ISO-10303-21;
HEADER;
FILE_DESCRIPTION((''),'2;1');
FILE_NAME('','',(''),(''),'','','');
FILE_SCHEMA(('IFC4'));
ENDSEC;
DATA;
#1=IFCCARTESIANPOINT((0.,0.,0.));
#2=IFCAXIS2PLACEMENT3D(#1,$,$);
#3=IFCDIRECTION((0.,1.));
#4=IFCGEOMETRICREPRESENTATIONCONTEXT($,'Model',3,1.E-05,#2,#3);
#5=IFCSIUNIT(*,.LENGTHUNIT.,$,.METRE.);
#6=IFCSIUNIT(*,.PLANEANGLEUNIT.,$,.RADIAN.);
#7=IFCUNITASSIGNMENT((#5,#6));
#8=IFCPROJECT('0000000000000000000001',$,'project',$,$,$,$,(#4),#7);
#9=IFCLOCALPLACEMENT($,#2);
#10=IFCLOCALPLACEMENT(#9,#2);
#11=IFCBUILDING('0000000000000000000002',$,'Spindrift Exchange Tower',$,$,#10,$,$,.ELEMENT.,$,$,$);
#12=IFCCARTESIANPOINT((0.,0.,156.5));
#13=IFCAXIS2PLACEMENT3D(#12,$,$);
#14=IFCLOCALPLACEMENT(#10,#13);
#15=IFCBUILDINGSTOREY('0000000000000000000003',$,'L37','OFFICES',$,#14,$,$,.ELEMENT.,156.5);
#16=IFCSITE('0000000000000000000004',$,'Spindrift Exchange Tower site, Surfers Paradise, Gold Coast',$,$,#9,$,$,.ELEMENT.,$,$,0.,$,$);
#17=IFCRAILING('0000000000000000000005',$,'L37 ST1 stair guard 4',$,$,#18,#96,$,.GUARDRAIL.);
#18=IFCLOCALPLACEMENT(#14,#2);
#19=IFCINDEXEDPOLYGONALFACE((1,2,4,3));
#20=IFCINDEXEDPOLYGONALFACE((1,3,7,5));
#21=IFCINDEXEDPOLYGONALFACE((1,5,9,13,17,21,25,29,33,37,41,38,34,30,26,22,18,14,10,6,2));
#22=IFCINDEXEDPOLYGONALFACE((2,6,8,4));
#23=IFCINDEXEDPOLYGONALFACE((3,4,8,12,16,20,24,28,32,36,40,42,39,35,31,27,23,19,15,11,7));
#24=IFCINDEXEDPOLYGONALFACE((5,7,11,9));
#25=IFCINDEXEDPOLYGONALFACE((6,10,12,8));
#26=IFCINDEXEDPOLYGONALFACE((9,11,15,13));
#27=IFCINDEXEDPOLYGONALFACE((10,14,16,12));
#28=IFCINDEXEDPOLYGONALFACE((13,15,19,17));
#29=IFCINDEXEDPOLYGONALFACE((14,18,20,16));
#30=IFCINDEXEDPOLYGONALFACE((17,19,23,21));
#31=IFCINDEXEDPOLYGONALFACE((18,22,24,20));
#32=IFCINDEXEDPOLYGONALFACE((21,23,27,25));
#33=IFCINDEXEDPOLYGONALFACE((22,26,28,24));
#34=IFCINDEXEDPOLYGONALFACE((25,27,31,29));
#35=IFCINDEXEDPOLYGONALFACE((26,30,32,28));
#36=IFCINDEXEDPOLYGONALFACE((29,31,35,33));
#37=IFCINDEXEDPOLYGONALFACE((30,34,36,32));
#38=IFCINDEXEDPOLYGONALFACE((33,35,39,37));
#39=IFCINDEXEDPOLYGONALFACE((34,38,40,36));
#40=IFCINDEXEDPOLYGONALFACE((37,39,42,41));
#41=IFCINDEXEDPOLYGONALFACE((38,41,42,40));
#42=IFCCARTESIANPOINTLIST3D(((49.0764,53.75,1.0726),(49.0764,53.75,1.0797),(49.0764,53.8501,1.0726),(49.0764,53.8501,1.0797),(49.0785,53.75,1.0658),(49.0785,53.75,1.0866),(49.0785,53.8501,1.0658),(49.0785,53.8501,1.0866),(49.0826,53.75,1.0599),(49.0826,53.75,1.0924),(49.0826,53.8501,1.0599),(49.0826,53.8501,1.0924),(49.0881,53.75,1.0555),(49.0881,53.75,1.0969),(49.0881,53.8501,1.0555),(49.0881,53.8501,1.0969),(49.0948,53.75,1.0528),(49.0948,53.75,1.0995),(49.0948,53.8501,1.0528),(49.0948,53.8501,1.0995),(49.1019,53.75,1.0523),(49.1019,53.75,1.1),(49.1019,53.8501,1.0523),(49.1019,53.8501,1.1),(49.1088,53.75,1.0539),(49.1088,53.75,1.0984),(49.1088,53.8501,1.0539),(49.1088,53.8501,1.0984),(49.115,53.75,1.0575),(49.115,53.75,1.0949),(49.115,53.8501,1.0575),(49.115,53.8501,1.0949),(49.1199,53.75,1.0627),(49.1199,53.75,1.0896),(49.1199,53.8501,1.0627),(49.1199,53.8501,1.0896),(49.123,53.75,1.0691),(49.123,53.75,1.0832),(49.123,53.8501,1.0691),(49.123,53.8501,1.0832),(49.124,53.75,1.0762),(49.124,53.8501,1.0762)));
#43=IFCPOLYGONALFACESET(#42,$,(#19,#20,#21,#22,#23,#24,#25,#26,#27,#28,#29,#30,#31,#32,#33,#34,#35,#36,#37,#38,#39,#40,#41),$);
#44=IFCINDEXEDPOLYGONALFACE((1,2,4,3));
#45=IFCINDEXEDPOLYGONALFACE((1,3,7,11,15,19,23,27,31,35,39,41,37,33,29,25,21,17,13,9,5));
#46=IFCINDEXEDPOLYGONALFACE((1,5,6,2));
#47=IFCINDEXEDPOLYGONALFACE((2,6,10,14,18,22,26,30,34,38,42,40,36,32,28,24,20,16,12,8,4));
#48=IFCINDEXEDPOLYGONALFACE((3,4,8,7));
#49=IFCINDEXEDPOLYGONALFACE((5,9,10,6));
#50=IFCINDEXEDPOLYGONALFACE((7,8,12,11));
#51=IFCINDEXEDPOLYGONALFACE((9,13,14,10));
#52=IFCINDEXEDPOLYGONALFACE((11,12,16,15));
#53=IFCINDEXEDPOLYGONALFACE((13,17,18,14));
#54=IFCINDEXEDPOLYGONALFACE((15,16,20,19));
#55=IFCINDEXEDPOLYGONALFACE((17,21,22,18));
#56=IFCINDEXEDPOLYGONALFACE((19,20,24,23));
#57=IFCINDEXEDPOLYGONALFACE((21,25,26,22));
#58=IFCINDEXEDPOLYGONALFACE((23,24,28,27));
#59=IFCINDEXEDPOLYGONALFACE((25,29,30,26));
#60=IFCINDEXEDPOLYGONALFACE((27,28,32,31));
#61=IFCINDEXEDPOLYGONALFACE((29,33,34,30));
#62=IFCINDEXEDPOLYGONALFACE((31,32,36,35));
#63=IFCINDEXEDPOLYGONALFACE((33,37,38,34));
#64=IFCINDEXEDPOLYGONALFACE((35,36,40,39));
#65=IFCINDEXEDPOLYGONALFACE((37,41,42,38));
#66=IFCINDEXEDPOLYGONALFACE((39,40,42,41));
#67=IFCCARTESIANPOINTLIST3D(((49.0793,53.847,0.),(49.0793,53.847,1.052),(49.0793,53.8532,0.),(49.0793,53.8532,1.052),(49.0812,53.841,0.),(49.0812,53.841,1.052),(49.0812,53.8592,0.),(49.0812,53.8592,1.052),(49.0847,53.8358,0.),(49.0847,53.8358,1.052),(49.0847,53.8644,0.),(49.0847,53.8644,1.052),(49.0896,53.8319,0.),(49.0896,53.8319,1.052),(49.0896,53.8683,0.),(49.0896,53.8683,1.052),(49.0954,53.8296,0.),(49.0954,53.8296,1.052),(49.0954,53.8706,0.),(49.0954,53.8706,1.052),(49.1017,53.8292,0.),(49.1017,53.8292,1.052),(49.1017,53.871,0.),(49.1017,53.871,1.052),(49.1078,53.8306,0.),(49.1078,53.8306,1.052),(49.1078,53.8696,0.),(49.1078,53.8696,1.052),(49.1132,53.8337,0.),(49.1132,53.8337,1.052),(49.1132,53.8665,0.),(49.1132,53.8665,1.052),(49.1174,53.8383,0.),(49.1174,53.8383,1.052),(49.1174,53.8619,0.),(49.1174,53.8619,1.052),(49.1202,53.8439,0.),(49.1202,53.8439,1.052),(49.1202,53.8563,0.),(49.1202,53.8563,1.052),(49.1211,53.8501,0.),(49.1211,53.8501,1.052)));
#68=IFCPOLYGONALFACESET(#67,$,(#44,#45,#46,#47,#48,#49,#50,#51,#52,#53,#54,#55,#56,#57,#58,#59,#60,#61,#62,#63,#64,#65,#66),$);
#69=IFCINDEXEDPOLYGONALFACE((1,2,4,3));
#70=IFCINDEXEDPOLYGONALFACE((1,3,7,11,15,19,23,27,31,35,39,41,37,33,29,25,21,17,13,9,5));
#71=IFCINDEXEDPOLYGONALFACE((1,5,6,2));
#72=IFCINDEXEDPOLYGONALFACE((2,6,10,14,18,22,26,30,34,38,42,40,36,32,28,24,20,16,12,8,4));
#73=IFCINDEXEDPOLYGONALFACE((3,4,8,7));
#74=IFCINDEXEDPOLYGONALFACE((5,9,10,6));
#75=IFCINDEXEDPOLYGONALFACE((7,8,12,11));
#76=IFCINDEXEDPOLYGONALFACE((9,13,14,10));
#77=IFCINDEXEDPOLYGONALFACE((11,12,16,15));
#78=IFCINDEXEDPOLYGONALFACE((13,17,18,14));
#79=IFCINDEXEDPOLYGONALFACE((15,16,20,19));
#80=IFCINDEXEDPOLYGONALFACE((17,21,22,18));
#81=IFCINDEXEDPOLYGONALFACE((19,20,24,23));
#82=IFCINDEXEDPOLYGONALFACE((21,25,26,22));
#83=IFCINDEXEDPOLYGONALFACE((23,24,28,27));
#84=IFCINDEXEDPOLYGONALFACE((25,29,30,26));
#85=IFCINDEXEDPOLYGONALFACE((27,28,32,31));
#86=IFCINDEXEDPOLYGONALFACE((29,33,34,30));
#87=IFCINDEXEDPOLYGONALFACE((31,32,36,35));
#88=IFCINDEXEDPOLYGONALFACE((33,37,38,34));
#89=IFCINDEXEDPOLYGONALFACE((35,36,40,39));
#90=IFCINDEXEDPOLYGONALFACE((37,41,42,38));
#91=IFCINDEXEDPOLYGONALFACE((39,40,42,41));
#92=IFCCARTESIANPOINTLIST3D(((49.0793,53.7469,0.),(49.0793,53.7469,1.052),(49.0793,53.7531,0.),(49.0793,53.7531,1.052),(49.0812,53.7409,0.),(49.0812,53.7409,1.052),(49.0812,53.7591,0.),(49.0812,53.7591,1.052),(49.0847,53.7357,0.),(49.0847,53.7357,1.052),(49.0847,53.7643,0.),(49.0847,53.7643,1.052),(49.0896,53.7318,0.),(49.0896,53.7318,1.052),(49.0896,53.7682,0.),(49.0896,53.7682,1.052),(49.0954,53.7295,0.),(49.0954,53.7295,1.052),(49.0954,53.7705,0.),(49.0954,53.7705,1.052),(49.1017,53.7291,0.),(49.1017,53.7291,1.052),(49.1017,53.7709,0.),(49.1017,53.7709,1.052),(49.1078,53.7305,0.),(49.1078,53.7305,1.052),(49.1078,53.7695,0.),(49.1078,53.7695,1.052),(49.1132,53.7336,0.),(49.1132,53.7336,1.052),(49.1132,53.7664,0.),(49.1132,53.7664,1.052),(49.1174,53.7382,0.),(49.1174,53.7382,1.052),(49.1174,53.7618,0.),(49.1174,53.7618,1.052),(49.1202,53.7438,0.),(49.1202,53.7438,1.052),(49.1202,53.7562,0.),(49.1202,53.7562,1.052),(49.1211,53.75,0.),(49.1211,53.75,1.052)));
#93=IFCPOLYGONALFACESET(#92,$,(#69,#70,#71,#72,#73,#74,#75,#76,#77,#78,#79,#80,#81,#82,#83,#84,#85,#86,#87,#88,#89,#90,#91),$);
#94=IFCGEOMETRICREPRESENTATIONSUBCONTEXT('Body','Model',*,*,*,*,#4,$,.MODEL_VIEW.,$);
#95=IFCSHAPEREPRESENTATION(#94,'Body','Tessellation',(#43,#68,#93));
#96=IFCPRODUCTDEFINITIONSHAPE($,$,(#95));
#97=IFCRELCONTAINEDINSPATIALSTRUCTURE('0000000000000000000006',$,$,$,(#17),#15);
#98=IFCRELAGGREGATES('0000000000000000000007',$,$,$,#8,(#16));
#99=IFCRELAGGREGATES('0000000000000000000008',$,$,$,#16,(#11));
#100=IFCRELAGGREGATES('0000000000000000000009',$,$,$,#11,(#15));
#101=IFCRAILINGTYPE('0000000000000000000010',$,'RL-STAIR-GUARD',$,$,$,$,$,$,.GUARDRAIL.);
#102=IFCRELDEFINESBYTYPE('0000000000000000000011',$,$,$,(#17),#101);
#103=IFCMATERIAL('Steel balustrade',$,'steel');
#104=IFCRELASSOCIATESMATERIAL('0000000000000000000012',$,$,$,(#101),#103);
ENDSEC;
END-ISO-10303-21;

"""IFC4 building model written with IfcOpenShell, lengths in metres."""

from ifc_helpers import new_model, si_unit, direction, frame, origin, origin_2d, place, context, subcontext, project, spatial, circle, extrude, material, type_object, element, save


model = new_model("IFC4")

# Units and contexts
model_context = context("Model", 3, precision=1e-05, world=origin(), true_north=direction((0.0, 1.0)))
body_context = subcontext(model_context, "Body", "Model", "MODEL_VIEW")
ifc_project = project(units=[si_unit("LENGTHUNIT", "METRE"), si_unit("PLANEANGLEUNIT", "RADIAN")], contexts=[model_context])

# Site, building, storey
site_placement = place(None, origin())
site = spatial("IfcSite", under=ifc_project, at=site_placement, Name="Spindrift Exchange Tower site, Surfers Paradise, Gold Coast", CompositionType="ELEMENT", RefElevation=0.0)
building_placement = place(site_placement, origin())
building = spatial("IfcBuilding", under=site, at=building_placement, Name="Spindrift Exchange Tower", CompositionType="ELEMENT")
storey_placement = place(building_placement, frame((0.0, 0.0, 156.5)))
storey = spatial("IfcBuildingStorey", under=building, at=storey_placement, Name="L37", Description="OFFICES", CompositionType="ELEMENT", Elevation=156.5)

# Railing
ifc_material_1 = material(Name="Steel balustrade", Category="steel")
railing_type_1 = type_object("IfcRailingType", Name="RL-STAIR-GUARD", PredefinedType="GUARDRAIL", material=ifc_material_1)
railing_1_placement = place(storey_placement, frame((49.1001, 53.8501, 0.0)))
element("IfcRailing", 1, at=railing_1_placement, inside=storey, type_object=railing_type_1, Name="L37 ST1 stair guard 4", PredefinedType="GUARDRAIL", context=body_context, shape_type="SweptSolid", body=[
    extrude(circle(Radius=0.0239, at=origin_2d()), frame((0.0, 0.0, 1.0762), z_axis=(0.0, -1.0, 0.0), x_axis=(1.0, 0.0, 0.0)), (0.0, 0.0, 1.0), 0.1001),
    extrude(circle(Radius=0.021, at=origin_2d()), origin(), (0.0, 0.0, 1.0), 1.052),
    extrude(circle(Radius=0.021, at=origin_2d()), frame((0.0, -0.1001, 0.0)), (0.0, 0.0, 1.0), 1.052),
])

save(model, "model.ifc")
